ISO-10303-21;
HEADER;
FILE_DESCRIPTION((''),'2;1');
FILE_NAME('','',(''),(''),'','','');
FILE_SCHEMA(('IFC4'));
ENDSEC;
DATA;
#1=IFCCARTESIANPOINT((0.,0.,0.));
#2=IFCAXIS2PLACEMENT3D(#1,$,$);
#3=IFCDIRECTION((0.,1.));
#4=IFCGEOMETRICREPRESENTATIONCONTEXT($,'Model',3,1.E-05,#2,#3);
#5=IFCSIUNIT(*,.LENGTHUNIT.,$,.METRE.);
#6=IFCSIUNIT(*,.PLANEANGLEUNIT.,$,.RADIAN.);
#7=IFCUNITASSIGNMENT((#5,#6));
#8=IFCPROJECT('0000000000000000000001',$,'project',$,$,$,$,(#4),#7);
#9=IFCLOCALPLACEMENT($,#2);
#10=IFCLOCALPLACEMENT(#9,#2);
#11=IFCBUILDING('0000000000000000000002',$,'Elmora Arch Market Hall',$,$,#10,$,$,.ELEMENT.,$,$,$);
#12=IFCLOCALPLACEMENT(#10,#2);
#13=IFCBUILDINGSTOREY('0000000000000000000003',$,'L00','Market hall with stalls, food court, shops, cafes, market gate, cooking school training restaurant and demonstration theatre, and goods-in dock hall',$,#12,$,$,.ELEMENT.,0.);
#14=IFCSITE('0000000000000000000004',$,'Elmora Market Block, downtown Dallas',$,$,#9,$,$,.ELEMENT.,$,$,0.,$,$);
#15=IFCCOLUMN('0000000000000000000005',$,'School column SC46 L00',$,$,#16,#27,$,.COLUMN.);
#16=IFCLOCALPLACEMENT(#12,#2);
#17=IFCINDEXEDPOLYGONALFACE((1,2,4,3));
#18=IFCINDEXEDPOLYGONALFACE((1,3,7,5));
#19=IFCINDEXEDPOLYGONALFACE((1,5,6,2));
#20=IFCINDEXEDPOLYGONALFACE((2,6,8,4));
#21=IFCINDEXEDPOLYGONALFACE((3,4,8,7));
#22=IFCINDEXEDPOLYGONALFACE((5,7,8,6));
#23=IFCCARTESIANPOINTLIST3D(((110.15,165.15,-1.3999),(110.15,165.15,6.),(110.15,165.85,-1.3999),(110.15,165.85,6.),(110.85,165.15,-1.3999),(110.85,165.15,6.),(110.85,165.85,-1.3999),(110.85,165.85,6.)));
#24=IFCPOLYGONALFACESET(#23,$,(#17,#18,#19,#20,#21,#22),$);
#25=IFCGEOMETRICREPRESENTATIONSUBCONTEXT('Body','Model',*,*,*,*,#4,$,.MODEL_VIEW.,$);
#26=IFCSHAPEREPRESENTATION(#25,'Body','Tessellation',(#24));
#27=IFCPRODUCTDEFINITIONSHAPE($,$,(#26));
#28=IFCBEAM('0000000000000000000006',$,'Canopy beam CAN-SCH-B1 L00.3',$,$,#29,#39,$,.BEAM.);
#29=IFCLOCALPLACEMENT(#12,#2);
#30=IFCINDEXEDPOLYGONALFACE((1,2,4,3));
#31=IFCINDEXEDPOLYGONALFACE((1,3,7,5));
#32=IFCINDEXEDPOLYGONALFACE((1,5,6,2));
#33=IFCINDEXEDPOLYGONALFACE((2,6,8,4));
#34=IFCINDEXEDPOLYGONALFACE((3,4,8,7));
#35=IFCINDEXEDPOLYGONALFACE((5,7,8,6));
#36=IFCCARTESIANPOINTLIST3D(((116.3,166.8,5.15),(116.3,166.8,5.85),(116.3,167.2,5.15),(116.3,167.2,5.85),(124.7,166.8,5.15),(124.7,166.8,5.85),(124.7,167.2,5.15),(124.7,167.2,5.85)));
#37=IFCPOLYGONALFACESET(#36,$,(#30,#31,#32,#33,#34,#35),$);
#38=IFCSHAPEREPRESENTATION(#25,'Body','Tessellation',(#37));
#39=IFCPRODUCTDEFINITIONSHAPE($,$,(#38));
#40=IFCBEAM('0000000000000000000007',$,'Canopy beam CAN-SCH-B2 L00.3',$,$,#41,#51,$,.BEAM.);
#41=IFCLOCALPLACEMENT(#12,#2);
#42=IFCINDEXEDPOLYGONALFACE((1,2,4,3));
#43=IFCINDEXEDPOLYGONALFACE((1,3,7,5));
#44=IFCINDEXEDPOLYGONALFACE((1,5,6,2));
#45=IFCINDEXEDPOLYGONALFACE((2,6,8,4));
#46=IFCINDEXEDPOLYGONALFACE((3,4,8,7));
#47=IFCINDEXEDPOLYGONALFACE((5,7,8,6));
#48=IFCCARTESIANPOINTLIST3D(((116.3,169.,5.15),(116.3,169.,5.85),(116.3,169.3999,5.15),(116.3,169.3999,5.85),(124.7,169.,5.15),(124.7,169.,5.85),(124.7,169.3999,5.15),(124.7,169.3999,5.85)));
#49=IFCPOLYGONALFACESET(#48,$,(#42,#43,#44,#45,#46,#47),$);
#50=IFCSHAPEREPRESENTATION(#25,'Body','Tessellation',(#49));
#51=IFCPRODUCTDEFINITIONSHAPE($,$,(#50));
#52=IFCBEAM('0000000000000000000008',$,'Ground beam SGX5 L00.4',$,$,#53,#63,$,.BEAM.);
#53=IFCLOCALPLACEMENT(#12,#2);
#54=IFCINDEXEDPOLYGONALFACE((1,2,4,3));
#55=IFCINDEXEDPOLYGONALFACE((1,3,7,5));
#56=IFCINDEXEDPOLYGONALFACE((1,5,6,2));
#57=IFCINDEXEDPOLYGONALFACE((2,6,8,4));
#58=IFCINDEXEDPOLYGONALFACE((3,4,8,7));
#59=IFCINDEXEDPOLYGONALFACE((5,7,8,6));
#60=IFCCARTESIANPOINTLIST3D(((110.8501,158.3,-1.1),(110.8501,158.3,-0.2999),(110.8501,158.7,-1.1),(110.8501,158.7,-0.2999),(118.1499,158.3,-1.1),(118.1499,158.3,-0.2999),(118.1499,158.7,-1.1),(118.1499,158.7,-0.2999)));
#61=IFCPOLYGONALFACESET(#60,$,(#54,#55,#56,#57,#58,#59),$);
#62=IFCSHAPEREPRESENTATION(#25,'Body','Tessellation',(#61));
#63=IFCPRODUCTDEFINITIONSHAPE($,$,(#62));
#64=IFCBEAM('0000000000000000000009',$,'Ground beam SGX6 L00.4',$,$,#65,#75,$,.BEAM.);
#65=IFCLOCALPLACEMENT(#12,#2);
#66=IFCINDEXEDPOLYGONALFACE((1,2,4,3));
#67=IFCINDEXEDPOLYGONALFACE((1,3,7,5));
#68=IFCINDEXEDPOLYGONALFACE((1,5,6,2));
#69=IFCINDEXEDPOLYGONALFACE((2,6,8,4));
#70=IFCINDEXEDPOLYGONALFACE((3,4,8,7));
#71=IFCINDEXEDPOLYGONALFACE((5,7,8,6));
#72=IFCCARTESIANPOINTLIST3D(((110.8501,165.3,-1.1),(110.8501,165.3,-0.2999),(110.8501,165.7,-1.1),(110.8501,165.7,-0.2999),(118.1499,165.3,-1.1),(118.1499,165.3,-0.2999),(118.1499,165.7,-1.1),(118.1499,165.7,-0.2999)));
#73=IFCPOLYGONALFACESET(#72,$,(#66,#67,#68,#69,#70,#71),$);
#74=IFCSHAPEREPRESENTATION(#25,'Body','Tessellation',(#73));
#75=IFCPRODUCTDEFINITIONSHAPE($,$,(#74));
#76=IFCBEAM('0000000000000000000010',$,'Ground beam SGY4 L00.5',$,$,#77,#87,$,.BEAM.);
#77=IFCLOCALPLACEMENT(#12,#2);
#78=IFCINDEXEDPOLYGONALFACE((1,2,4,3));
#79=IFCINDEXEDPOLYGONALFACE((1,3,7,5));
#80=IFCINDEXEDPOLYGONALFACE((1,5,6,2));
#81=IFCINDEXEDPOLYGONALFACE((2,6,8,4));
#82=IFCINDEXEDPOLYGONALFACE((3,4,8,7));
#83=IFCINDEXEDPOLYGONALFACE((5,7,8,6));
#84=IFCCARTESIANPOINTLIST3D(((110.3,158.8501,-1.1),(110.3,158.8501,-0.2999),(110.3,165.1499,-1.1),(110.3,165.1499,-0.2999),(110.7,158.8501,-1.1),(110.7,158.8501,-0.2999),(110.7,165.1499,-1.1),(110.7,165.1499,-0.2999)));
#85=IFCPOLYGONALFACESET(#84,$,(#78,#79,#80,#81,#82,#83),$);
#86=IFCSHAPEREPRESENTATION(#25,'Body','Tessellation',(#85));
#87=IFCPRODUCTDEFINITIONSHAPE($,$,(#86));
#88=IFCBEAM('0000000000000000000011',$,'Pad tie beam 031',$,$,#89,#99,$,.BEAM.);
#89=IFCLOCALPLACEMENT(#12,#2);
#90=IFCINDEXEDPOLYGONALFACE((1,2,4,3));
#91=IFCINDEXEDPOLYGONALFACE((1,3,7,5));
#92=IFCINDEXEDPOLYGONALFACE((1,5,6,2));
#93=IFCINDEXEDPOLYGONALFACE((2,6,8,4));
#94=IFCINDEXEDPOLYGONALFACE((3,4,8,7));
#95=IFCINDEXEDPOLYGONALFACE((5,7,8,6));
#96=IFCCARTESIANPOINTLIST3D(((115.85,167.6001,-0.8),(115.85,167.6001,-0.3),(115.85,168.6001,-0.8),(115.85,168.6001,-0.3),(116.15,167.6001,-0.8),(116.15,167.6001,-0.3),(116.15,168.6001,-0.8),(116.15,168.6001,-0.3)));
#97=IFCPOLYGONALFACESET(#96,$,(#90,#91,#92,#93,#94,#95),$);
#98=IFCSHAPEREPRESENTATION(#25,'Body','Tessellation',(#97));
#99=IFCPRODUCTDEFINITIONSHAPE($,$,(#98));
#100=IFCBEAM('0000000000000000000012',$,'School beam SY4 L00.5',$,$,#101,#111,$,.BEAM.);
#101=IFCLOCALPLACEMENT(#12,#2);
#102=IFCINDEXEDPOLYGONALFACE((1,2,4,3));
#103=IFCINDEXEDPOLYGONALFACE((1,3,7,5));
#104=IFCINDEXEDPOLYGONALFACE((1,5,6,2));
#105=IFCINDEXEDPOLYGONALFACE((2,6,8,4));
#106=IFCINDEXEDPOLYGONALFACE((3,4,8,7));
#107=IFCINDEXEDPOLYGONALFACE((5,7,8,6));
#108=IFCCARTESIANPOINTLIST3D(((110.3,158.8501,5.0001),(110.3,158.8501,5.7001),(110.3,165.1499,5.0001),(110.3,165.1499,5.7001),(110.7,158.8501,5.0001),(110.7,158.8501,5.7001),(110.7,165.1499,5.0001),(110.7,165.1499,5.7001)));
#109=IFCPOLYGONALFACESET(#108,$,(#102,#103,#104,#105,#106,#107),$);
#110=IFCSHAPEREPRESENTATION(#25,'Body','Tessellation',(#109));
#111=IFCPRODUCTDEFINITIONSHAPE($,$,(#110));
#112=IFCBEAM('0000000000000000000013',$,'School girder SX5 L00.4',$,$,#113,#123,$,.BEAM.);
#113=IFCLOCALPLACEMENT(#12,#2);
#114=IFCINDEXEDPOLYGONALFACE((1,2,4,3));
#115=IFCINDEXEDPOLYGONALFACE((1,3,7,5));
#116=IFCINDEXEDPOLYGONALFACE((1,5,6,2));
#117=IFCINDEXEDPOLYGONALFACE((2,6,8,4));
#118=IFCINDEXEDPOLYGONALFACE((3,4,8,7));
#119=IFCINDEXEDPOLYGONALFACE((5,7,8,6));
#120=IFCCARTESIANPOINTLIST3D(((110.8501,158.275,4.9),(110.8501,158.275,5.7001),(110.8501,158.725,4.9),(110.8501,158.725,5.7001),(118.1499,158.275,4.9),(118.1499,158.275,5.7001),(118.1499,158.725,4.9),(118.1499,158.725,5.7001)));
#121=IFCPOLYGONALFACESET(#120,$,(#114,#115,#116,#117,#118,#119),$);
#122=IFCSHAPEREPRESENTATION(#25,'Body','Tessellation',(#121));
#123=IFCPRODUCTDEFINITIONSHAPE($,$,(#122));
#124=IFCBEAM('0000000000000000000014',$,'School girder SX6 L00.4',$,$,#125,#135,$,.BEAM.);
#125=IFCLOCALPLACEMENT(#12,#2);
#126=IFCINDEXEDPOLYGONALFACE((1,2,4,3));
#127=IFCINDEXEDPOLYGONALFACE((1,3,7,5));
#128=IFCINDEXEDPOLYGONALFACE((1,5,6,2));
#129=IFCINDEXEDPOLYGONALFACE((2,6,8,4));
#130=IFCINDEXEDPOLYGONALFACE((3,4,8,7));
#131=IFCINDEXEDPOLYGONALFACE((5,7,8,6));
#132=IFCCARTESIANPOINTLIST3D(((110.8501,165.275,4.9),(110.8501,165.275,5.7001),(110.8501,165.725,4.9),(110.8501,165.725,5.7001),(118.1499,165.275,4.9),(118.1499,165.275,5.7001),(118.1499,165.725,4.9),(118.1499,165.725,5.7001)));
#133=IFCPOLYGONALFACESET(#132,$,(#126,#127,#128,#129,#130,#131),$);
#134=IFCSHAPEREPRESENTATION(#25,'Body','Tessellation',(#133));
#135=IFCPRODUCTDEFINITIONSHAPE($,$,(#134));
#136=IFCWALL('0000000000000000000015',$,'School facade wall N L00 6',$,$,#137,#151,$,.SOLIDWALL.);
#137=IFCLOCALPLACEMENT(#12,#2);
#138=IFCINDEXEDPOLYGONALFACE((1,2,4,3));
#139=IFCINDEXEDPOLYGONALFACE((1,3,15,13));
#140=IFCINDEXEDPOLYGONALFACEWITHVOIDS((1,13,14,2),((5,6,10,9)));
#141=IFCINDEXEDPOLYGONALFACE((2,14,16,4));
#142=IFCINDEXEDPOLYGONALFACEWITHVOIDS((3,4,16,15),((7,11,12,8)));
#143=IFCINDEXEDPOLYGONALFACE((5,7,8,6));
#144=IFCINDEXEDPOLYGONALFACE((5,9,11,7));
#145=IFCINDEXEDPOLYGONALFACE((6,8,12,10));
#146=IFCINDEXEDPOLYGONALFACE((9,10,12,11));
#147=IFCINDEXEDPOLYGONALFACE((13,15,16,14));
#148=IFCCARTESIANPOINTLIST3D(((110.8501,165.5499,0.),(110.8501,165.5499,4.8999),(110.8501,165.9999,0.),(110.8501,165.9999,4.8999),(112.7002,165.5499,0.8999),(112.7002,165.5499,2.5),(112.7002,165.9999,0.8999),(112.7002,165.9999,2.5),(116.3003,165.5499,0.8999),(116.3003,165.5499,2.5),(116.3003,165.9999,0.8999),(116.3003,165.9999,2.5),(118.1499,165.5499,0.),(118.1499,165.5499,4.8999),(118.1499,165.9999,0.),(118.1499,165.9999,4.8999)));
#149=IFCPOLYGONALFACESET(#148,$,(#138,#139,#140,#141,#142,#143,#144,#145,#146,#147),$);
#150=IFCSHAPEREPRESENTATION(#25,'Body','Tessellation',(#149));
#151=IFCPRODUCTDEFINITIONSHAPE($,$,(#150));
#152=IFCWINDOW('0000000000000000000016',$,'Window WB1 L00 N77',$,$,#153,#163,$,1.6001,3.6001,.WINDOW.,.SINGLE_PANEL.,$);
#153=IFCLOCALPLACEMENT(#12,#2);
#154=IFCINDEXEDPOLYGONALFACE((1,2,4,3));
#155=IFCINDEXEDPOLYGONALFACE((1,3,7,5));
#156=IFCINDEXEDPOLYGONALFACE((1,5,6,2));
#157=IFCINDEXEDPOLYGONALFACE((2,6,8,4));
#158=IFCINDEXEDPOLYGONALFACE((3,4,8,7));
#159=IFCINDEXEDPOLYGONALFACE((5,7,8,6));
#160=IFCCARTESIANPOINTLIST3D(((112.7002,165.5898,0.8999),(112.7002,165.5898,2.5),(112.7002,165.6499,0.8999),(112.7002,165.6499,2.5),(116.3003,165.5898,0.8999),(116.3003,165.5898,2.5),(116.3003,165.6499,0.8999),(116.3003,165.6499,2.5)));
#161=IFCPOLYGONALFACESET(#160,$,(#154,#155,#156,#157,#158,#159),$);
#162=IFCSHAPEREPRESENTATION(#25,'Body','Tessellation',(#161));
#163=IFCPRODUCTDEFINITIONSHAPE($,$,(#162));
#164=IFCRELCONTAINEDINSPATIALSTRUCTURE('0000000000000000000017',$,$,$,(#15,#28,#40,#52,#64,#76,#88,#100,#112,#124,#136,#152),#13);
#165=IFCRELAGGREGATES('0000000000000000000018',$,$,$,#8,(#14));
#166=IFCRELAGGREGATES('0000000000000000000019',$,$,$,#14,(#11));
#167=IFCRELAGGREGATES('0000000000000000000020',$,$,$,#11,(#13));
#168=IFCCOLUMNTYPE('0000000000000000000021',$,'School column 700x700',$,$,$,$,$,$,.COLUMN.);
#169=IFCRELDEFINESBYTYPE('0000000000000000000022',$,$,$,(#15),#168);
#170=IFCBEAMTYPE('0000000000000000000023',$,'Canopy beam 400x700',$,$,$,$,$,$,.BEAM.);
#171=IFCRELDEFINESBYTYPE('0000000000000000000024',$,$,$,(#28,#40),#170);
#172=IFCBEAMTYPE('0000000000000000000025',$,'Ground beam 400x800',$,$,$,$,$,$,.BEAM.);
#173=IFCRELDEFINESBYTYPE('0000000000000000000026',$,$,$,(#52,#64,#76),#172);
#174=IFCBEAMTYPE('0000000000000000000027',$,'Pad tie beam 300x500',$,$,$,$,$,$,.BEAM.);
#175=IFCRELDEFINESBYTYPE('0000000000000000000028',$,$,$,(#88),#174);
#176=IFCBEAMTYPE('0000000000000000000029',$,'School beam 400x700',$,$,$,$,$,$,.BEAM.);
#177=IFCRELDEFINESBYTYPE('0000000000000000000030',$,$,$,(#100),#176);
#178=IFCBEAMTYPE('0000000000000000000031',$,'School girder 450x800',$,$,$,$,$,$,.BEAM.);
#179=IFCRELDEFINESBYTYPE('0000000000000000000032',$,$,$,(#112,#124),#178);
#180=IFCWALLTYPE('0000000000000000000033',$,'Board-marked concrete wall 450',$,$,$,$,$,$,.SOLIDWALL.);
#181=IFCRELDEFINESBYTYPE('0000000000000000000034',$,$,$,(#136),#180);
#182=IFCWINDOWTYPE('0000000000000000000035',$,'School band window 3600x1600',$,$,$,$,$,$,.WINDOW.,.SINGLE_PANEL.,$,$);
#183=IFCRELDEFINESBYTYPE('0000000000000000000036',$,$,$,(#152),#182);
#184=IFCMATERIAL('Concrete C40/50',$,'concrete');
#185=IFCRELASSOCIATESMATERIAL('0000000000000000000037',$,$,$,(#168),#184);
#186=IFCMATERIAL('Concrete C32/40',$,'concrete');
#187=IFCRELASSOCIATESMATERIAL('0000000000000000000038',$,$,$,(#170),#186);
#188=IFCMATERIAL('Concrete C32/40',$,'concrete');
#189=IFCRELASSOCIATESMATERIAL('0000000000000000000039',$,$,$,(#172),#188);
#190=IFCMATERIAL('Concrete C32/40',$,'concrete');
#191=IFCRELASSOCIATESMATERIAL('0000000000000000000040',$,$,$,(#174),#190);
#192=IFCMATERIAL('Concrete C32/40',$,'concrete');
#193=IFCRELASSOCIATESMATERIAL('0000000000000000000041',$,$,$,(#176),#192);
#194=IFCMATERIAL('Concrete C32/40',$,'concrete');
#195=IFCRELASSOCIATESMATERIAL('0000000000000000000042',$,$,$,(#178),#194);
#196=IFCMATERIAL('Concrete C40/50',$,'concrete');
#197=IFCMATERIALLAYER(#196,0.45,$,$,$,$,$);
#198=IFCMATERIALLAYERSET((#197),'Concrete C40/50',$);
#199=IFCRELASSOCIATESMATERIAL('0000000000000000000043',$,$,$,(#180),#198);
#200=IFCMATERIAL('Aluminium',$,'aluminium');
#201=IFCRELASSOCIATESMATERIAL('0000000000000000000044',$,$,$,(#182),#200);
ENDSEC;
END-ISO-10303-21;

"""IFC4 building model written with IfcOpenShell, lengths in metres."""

from ifc_helpers import new_model, si_unit, direction, frame, frame_2d, origin, origin_2d, place, context, subcontext, project, spatial, rectangle, extrude, material, layer, layer_set, material_profile, profile_set, type_object, element, fill, save


model = new_model("IFC4")

# Units and contexts
model_context = context("Model", 3, precision=1e-05, world=origin(), true_north=direction((0.0, 1.0)))
body_context = subcontext(model_context, "Body", "Model", "MODEL_VIEW")
ifc_project = project(units=[si_unit("LENGTHUNIT", "METRE"), si_unit("PLANEANGLEUNIT", "RADIAN")], contexts=[model_context])

# Site, building, storey
site_placement = place(None, origin())
site = spatial("IfcSite", under=ifc_project, at=site_placement, Name="Elmora Market Block, downtown Dallas", CompositionType="ELEMENT", RefElevation=0.0)
building_placement = place(site_placement, origin())
building = spatial("IfcBuilding", under=site, at=building_placement, Name="Elmora Arch Market Hall", CompositionType="ELEMENT")
storey_placement = place(building_placement, origin())
storey = spatial("IfcBuildingStorey", under=building, at=storey_placement, Name="L00", Description="Market hall with stalls, food court, shops, cafes, market gate, cooking school training restaurant and demonstration theatre, and goods-in dock hall", CompositionType="ELEMENT", Elevation=0.0)

# Column
ifc_material_1 = material(Name="Concrete C40/50", Category="concrete")
ifc_material_profile_1 = material_profile(ifc_material_1, rectangle(XDim=0.7, YDim=0.7, at=origin_2d()), Name="School column 700x700")
ifc_profile_set_1 = profile_set([ifc_material_profile_1], Name="Concrete C40/50")
column_type_1 = type_object("IfcColumnType", Name="School column 700x700", PredefinedType="COLUMN", material=ifc_profile_set_1)
column_placement = place(storey_placement, frame((110.5, 165.5, -1.3999), z_axis=(0.0, 0.0, 1.0), x_axis=(1.0, 0.0, 0.0)))
element("IfcColumn", 1, at=column_placement, inside=storey, type_object=column_type_1, Name="School column SC46 L00", PredefinedType="COLUMN", context=body_context, shape_type="SweptSolid", body=[
    extrude(rectangle(XDim=0.7, YDim=0.7, at=origin_2d()), origin(), (0.0, 0.0, 1.0), 7.3999),
])

# Beams
ifc_material_2 = material(Name="Concrete C32/40", Category="concrete")
ifc_material_profile_2 = material_profile(ifc_material_2, rectangle(XDim=0.3999, YDim=0.7, at=origin_2d()), Name="Canopy beam 400x700")
ifc_profile_set_2 = profile_set([ifc_material_profile_2], Name="Concrete C32/40")
beam_type_1 = type_object("IfcBeamType", Name="Canopy beam 400x700", PredefinedType="BEAM", material=ifc_profile_set_2)
for number, where, z_axis, x_axis, name in (
    (2, (116.3, 167.0, 5.5), (1.0, 0.0, 0.0), (0.0, 1.0, 0.0), "Canopy beam CAN-SCH-B1 L00.3"),
    (3, (116.3, 169.2, 5.5), (1.0, 0.0, 0.0), (0.0, 1.0, 0.0), "Canopy beam CAN-SCH-B2 L00.3"),
):
    element("IfcBeam", number, at=place(storey_placement, frame(where, z_axis=z_axis, x_axis=x_axis)), inside=storey, type_object=beam_type_1, Name=name, PredefinedType="BEAM", context=body_context, shape_type="SweptSolid", body=[
        extrude(rectangle(XDim=0.3999, YDim=0.7, at=origin_2d()), origin(), (0.0, 0.0, 1.0), 8.3999),
    ])
ifc_material_3 = material(Name="Concrete C32/40", Category="concrete")
ifc_material_profile_3 = material_profile(ifc_material_3, rectangle(XDim=0.3999, YDim=0.8, at=origin_2d()), Name="Ground beam 400x800")
ifc_profile_set_3 = profile_set([ifc_material_profile_3], Name="Concrete C32/40")
beam_type_2 = type_object("IfcBeamType", Name="Ground beam 400x800", PredefinedType="BEAM", material=ifc_profile_set_3)
for number, where, z_axis, x_axis, name in (
    (4, (110.8501, 158.5, -0.7), (1.0, 0.0, 0.0), (0.0, 1.0, 0.0), "Ground beam SGX5 L00.4"),
    (5, (110.8501, 165.5, -0.7), (1.0, 0.0, 0.0), (0.0, 1.0, 0.0), "Ground beam SGX6 L00.4"),
):
    element("IfcBeam", number, at=place(storey_placement, frame(where, z_axis=z_axis, x_axis=x_axis)), inside=storey, type_object=beam_type_2, Name=name, PredefinedType="BEAM", context=body_context, shape_type="SweptSolid", body=[
        extrude(rectangle(XDim=0.3999, YDim=0.8, at=origin_2d()), origin(), (0.0, 0.0, 1.0), 7.2998),
    ])
beam_1_placement = place(storey_placement, frame((110.5, 158.8501, -0.7), z_axis=(0.0, 1.0, 0.0), x_axis=(-1.0, 0.0, 0.0)))
element("IfcBeam", 6, at=beam_1_placement, inside=storey, type_object=beam_type_2, Name="Ground beam SGY4 L00.5", PredefinedType="BEAM", context=body_context, shape_type="SweptSolid", body=[
    extrude(rectangle(XDim=0.3999, YDim=0.8, at=origin_2d()), origin(), (0.0, 0.0, 1.0), 6.2998),
])
ifc_material_4 = material(Name="Concrete C32/40", Category="concrete")
ifc_material_profile_4 = material_profile(ifc_material_4, rectangle(XDim=0.3, YDim=0.5, at=origin_2d()), Name="Pad tie beam 300x500")
ifc_profile_set_4 = profile_set([ifc_material_profile_4], Name="Concrete C32/40")
beam_type_3 = type_object("IfcBeamType", Name="Pad tie beam 300x500", PredefinedType="BEAM", material=ifc_profile_set_4)
beam_2_placement = place(storey_placement, frame((116.0, 167.6001, -0.55), z_axis=(0.0, 1.0, 0.0), x_axis=(-1.0, 0.0, 0.0)))
element("IfcBeam", 7, at=beam_2_placement, inside=storey, type_object=beam_type_3, Name="Pad tie beam 031", PredefinedType="BEAM", context=body_context, shape_type="SweptSolid", body=[
    extrude(rectangle(XDim=0.3, YDim=0.5, at=origin_2d()), origin(), (0.0, 0.0, 1.0), 1.0),
])
ifc_material_5 = material(Name="Concrete C32/40", Category="concrete")
ifc_material_profile_5 = material_profile(ifc_material_5, rectangle(XDim=0.3999, YDim=0.7, at=origin_2d()), Name="School beam 400x700")
ifc_profile_set_5 = profile_set([ifc_material_profile_5], Name="Concrete C32/40")
beam_type_4 = type_object("IfcBeamType", Name="School beam 400x700", PredefinedType="BEAM", material=ifc_profile_set_5)
beam_3_placement = place(storey_placement, frame((110.5, 158.8501, 5.3501), z_axis=(0.0, 1.0, 0.0), x_axis=(-1.0, 0.0, 0.0)))
element("IfcBeam", 8, at=beam_3_placement, inside=storey, type_object=beam_type_4, Name="School beam SY4 L00.5", PredefinedType="BEAM", context=body_context, shape_type="SweptSolid", body=[
    extrude(rectangle(XDim=0.3999, YDim=0.7, at=origin_2d()), origin(), (0.0, 0.0, 1.0), 6.2998),
])
ifc_material_6 = material(Name="Concrete C32/40", Category="concrete")
ifc_material_profile_6 = material_profile(ifc_material_6, rectangle(XDim=0.45, YDim=0.8, at=origin_2d()), Name="School girder 450x800")
ifc_profile_set_6 = profile_set([ifc_material_profile_6], Name="Concrete C32/40")
beam_type_5 = type_object("IfcBeamType", Name="School girder 450x800", PredefinedType="BEAM", material=ifc_profile_set_6)
for number, where, z_axis, x_axis, name in (
    (9, (110.8501, 158.5, 5.3), (1.0, 0.0, 0.0), (0.0, 1.0, 0.0), "School girder SX5 L00.4"),
    (10, (110.8501, 165.5, 5.3), (1.0, 0.0, 0.0), (0.0, 1.0, 0.0), "School girder SX6 L00.4"),
):
    element("IfcBeam", number, at=place(storey_placement, frame(where, z_axis=z_axis, x_axis=x_axis)), inside=storey, type_object=beam_type_5, Name=name, PredefinedType="BEAM", context=body_context, shape_type="SweptSolid", body=[
        extrude(rectangle(XDim=0.45, YDim=0.8, at=origin_2d()), origin(), (0.0, 0.0, 1.0), 7.2998),
    ])

# Wall, opening, window
ifc_material_7 = material(Name="Concrete C40/50", Category="concrete")
ifc_layer = layer(ifc_material_7, 0.45)
ifc_layer_set = layer_set([ifc_layer], Name="Concrete C40/50")
wall_type = type_object("IfcWallType", Name="Board-marked concrete wall 450", PredefinedType="SOLIDWALL", material=ifc_layer_set)
wall_placement = place(storey_placement, frame((110.8501, 165.7749, 0.0), z_axis=(0.0, 0.0, 1.0), x_axis=(1.0, 0.0, 0.0)))
wall = element("IfcWall", 11, at=wall_placement, inside=storey, type_object=wall_type, Name="School facade wall N L00 6", PredefinedType="SOLIDWALL", context=body_context, shape_type="SweptSolid", body=[
    extrude(rectangle(XDim=7.2998, YDim=0.45, at=frame_2d((3.6499, 0.0))), origin(), (0.0, 0.0, 1.0), 4.8999),
])
opening_placement = place(wall_placement, frame((1.8501, 0.0, 0.8999)))
opening = element("IfcOpeningElement", 12, at=opening_placement, cuts=wall, PredefinedType="OPENING", context=body_context, shape_type="SweptSolid", body=[
    extrude(rectangle(XDim=3.6001, YDim=1.6001, at=frame_2d((1.8, 0.8))), frame((0.0, 0.2349, 0.0), z_axis=(0.0, -1.0, 0.0), x_axis=(1.0, 0.0, 0.0)), (0.0, 0.0, 1.0), 0.47),
])
ifc_material_8 = material(Name="Aluminium", Category="aluminium")
window_type = type_object("IfcWindowType", Name="School band window 3600x1600", PartitioningType="SINGLE_PANEL", PredefinedType="WINDOW", material=ifc_material_8)
window_placement = place(opening_placement, origin())
window = element("IfcWindow", 13, at=window_placement, inside=storey, type_object=window_type, Name="Window WB1 L00 N77", OverallHeight=1.6001, OverallWidth=3.6001, PartitioningType="SINGLE_PANEL", PredefinedType="WINDOW", context=body_context, shape_type="SweptSolid", body=[
    extrude(rectangle(XDim=3.6001, YDim=1.6001, at=frame_2d((1.8, 0.8))), frame((0.0, -0.125, 0.0), z_axis=(0.0, -1.0, 0.0), x_axis=(1.0, 0.0, 0.0)), (0.0, 0.0, 1.0), 0.0601),
])
fill(opening, window)

save(model, "model.ifc")
